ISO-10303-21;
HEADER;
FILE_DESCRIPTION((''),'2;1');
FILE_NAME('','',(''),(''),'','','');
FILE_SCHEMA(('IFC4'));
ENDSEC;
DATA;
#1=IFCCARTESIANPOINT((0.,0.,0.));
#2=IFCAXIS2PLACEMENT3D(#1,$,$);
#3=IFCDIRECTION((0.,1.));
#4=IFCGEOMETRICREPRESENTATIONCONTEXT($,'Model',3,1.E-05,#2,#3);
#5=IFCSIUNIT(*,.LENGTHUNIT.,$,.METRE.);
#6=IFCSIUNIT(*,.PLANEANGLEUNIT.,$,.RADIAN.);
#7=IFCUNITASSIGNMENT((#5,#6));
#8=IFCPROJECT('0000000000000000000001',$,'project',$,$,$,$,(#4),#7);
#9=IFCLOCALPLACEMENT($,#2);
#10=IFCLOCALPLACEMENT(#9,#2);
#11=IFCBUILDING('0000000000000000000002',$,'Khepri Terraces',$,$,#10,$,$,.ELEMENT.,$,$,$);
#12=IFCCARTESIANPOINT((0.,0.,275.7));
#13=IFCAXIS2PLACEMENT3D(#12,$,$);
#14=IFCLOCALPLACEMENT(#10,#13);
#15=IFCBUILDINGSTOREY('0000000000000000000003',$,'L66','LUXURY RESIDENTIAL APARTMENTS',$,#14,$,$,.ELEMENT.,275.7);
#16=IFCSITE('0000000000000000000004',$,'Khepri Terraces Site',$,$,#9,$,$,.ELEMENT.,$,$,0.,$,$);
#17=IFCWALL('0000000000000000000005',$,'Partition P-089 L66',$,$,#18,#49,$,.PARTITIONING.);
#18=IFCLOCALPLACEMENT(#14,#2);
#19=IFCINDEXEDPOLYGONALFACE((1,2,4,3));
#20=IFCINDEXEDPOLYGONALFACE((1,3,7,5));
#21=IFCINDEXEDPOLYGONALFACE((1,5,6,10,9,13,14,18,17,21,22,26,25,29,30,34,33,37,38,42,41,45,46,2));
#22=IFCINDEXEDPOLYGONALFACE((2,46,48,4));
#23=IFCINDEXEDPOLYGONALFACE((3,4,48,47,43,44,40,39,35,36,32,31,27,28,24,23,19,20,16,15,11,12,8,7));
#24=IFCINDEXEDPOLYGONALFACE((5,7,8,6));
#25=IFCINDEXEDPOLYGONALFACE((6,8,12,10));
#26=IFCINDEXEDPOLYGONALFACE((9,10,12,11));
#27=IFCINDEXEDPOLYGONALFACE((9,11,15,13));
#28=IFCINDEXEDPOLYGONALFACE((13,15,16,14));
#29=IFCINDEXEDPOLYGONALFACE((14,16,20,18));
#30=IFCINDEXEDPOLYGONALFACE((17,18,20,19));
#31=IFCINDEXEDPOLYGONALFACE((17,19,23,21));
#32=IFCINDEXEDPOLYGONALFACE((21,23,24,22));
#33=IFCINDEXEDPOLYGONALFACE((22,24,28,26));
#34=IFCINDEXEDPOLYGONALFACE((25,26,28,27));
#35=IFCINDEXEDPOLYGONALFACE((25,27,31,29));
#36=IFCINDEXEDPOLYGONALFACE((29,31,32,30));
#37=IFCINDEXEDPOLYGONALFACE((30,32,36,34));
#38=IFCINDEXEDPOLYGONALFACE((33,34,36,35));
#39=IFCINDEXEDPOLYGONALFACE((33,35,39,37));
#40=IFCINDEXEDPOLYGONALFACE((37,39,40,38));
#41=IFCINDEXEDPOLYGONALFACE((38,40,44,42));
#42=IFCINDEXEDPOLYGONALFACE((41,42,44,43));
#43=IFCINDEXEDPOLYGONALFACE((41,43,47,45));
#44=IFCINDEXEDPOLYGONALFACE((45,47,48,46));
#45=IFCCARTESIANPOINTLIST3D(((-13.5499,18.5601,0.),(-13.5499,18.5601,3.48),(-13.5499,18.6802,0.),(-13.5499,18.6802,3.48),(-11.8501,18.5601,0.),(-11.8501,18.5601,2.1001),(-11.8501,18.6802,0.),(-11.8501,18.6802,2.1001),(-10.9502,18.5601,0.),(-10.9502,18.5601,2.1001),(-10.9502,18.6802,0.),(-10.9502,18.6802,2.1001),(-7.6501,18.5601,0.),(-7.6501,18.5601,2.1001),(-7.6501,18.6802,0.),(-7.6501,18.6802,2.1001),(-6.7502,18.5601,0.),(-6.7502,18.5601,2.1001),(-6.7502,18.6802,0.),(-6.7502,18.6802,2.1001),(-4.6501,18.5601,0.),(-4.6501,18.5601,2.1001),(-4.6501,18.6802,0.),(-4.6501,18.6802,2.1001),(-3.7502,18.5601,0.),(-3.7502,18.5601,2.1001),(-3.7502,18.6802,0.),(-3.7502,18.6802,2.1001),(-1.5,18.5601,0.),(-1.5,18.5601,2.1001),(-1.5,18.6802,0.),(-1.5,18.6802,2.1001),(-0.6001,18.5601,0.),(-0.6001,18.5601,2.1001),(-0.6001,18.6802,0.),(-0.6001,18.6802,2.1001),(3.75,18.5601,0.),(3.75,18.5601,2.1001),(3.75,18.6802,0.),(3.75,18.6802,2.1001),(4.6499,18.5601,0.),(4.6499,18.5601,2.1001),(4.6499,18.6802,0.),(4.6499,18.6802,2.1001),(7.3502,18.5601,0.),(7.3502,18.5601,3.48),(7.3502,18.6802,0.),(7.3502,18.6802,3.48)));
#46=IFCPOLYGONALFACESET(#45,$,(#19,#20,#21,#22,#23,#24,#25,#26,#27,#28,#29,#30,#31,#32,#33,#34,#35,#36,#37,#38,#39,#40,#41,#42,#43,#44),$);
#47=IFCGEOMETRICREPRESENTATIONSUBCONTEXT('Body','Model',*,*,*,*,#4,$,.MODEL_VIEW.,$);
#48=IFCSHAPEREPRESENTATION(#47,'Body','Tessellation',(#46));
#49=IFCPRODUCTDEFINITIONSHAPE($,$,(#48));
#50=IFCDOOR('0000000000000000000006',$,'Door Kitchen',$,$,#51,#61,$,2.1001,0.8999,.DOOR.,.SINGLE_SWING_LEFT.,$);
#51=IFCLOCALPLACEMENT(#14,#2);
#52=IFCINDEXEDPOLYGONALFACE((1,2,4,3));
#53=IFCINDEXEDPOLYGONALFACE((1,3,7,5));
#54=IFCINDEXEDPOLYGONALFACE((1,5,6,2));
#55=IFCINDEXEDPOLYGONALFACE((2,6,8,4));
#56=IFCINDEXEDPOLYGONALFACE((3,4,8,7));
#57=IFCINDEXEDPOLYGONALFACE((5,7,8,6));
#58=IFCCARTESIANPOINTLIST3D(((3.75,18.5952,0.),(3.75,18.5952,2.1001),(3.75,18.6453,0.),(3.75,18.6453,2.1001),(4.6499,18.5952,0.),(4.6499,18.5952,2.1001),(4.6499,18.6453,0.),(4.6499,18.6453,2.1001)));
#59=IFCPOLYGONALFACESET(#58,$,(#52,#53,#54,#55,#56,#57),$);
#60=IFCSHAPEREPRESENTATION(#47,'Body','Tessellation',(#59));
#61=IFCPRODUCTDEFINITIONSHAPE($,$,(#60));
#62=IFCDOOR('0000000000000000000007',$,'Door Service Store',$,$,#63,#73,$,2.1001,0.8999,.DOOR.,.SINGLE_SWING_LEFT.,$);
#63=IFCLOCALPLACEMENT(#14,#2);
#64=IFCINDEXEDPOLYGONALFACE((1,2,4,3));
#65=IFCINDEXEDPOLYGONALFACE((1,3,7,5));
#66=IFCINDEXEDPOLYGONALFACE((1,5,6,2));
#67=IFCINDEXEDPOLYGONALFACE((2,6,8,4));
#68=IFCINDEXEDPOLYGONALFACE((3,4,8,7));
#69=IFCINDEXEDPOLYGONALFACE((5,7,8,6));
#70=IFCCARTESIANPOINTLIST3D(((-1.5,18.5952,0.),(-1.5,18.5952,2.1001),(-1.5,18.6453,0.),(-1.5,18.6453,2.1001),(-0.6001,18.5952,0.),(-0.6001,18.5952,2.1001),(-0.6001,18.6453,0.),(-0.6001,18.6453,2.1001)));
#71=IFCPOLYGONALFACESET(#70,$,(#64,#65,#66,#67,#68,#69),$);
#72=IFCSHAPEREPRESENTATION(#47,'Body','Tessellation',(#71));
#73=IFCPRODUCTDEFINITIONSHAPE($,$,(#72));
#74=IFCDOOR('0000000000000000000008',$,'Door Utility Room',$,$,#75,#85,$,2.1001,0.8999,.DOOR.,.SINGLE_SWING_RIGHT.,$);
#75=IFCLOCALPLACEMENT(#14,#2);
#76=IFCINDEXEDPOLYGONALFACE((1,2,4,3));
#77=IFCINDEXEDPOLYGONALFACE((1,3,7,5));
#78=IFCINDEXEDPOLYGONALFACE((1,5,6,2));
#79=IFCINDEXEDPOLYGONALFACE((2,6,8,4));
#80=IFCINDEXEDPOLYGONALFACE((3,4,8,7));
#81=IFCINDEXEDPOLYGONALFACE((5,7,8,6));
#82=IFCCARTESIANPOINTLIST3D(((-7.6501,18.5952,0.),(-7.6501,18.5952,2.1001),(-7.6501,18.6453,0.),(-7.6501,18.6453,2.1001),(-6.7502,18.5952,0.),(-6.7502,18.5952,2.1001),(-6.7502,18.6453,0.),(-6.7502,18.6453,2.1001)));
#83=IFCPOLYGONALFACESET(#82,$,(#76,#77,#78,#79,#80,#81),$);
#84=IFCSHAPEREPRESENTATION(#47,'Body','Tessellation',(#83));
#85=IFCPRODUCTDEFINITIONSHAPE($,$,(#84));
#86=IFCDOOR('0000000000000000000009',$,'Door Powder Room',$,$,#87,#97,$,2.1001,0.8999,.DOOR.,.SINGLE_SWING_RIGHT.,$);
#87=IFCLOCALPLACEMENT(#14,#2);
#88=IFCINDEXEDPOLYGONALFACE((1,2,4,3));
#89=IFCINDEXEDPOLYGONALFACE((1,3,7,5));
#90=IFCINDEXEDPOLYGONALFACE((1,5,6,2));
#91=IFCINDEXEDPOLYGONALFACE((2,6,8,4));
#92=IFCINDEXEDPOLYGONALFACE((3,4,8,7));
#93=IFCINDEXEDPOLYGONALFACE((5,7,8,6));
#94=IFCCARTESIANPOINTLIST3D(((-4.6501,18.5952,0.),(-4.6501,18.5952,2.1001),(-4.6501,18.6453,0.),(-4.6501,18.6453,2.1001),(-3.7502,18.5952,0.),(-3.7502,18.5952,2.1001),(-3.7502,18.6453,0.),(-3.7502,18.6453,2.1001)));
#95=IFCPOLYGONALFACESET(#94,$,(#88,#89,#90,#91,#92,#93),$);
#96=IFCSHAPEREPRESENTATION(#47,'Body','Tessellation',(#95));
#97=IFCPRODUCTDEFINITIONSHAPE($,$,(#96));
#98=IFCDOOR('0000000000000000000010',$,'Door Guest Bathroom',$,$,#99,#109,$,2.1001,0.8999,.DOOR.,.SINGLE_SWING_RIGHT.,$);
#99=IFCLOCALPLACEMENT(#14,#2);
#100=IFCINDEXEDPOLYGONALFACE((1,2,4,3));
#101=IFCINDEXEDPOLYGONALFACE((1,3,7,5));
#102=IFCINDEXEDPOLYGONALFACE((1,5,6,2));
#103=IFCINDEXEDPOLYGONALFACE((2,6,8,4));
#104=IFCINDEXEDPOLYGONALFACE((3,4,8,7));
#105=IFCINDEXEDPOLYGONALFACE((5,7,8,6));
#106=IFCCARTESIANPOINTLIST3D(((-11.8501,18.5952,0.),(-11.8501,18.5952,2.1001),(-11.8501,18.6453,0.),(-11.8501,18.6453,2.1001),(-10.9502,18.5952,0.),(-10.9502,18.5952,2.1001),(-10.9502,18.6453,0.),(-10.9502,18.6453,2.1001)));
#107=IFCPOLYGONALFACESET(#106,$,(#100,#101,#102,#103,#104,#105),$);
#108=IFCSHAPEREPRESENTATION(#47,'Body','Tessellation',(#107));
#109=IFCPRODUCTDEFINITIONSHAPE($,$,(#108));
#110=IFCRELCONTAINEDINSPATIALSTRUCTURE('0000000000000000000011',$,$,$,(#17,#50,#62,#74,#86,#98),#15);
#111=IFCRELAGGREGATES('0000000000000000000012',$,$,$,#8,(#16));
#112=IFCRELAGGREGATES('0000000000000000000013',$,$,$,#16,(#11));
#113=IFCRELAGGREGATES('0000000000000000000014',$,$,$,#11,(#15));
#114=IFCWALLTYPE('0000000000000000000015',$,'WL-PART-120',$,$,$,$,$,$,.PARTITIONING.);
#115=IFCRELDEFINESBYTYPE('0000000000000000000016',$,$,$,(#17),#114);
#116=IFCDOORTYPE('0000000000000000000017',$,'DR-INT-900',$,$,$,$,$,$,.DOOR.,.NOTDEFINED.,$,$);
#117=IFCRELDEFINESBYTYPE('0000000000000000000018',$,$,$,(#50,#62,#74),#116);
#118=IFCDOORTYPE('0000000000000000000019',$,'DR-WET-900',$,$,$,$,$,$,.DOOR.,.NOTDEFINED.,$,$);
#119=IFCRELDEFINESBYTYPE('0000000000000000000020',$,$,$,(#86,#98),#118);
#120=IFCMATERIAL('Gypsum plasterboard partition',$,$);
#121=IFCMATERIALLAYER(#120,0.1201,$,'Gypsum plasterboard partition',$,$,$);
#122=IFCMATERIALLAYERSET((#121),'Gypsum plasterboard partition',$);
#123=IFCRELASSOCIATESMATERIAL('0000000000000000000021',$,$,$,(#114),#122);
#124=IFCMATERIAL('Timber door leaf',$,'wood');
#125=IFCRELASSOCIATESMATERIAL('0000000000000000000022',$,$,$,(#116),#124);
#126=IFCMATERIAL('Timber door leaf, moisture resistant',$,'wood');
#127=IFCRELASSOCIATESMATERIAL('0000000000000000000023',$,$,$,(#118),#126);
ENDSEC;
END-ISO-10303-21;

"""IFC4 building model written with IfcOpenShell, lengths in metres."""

from ifc_helpers import new_model, si_unit, direction, frame, frame_2d, origin, place, context, subcontext, project, spatial, rectangle, extrude, material, layer, layer_set, type_object, element, fill, save


model = new_model("IFC4")

# Units and contexts
model_context = context("Model", 3, precision=1e-05, world=origin(), true_north=direction((0.0, 1.0)))
body_context = subcontext(model_context, "Body", "Model", "MODEL_VIEW")
ifc_project = project(units=[si_unit("LENGTHUNIT", "METRE"), si_unit("PLANEANGLEUNIT", "RADIAN")], contexts=[model_context])

# Site, building, storey
site_placement = place(None, origin())
site = spatial("IfcSite", under=ifc_project, at=site_placement, Name="Khepri Terraces Site", CompositionType="ELEMENT", RefElevation=0.0)
building_placement = place(site_placement, origin())
building = spatial("IfcBuilding", under=site, at=building_placement, Name="Khepri Terraces", CompositionType="ELEMENT")
storey_placement = place(building_placement, frame((0.0, 0.0, 275.7)))
storey = spatial("IfcBuildingStorey", under=building, at=storey_placement, Name="L66", Description="LUXURY RESIDENTIAL APARTMENTS", CompositionType="ELEMENT", Elevation=275.7)

# Wall, openings, doors
ifc_material_1 = material(Name="Gypsum plasterboard partition")
ifc_layer_1 = layer(ifc_material_1, 0.1201, Name="Gypsum plasterboard partition")
ifc_layer_set_1 = layer_set([ifc_layer_1], Name="Gypsum plasterboard partition")
wall_type_1 = type_object("IfcWallType", Name="WL-PART-120", PredefinedType="PARTITIONING", material=ifc_layer_set_1)
wall_1_placement = place(storey_placement, frame((-13.55, 18.6201, 0.0), z_axis=(0.0, 0.0, 1.0), x_axis=(1.0, 0.0, 0.0)))
wall_1 = element("IfcWall", 1, at=wall_1_placement, inside=storey, type_object=wall_type_1, Name="Partition P-089 L66", PredefinedType="PARTITIONING", context=body_context, shape_type="SweptSolid", body=[
    extrude(rectangle(XDim=20.9001, YDim=0.1201, at=frame_2d((10.4502, 0.0))), origin(), (0.0, 0.0, 1.0), 3.48),
])
opening_1_placement = place(wall_1_placement, frame((17.3, 0.0, 0.0)))
opening_1 = element("IfcOpeningElement", 2, at=opening_1_placement, cuts=wall_1, PredefinedType="OPENING", context=body_context, shape_type="SweptSolid", body=[
    extrude(rectangle(XDim=0.8999, YDim=2.1001, at=frame_2d((0.45, 1.05))), frame((0.0, 0.0701, 0.0), z_axis=(0.0, -1.0, 0.0), x_axis=(1.0, 0.0, 0.0)), (0.0, 0.0, 1.0), 0.1401),
])
opening_2_placement = place(wall_1_placement, frame((12.05, 0.0, 0.0)))
opening_2 = element("IfcOpeningElement", 3, at=opening_2_placement, cuts=wall_1, PredefinedType="OPENING", context=body_context, shape_type="SweptSolid", body=[
    extrude(rectangle(XDim=0.8999, YDim=2.1001, at=frame_2d((0.45, 1.05))), frame((0.0, 0.0701, 0.0), z_axis=(0.0, -1.0, 0.0), x_axis=(1.0, 0.0, 0.0)), (0.0, 0.0, 1.0), 0.1401),
])
opening_3_placement = place(wall_1_placement, frame((8.8999, 0.0, 0.0)))
opening_3 = element("IfcOpeningElement", 4, at=opening_3_placement, cuts=wall_1, PredefinedType="OPENING", context=body_context, shape_type="SweptSolid", body=[
    extrude(rectangle(XDim=0.8999, YDim=2.1001, at=frame_2d((0.45, 1.05))), frame((0.0, 0.0701, 0.0), z_axis=(0.0, -1.0, 0.0), x_axis=(1.0, 0.0, 0.0)), (0.0, 0.0, 1.0), 0.1401),
])
opening_4_placement = place(wall_1_placement, frame((5.8999, 0.0, 0.0)))
opening_4 = element("IfcOpeningElement", 5, at=opening_4_placement, cuts=wall_1, PredefinedType="OPENING", context=body_context, shape_type="SweptSolid", body=[
    extrude(rectangle(XDim=0.8999, YDim=2.1001, at=frame_2d((0.45, 1.05))), frame((0.0, 0.0701, 0.0), z_axis=(0.0, -1.0, 0.0), x_axis=(1.0, 0.0, 0.0)), (0.0, 0.0, 1.0), 0.1401),
])
opening_5_placement = place(wall_1_placement, frame((1.7, 0.0, 0.0)))
opening_5 = element("IfcOpeningElement", 6, at=opening_5_placement, cuts=wall_1, PredefinedType="OPENING", context=body_context, shape_type="SweptSolid", body=[
    extrude(rectangle(XDim=0.8999, YDim=2.1001, at=frame_2d((0.45, 1.05))), frame((0.0, 0.0701, 0.0), z_axis=(0.0, -1.0, 0.0), x_axis=(1.0, 0.0, 0.0)), (0.0, 0.0, 1.0), 0.1401),
])
ifc_material_2 = material(Name="Timber door leaf", Category="wood")
door_type_1 = type_object("IfcDoorType", Name="DR-INT-900", OperationType="NOTDEFINED", PredefinedType="DOOR", material=ifc_material_2)
door_1_placement = place(opening_1_placement, frame((0.8999, 0.0, 0.0), z_axis=(0.0, 0.0, 1.0), x_axis=(-1.0, 0.0, 0.0)))
door_1 = element("IfcDoor", 7, at=door_1_placement, inside=storey, type_object=door_type_1, Name="Door Kitchen", OperationType="SINGLE_SWING_LEFT", OverallHeight=2.1001, OverallWidth=0.8999, PredefinedType="DOOR", context=body_context, shape_type="SweptSolid", body=[
    extrude(rectangle(XDim=0.8999, YDim=2.1001, at=frame_2d((0.45, 1.05))), frame((0.0, 0.0249, 0.0), z_axis=(0.0, -1.0, 0.0), x_axis=(1.0, 0.0, 0.0)), (0.0, 0.0, 1.0), 0.05),
])
fill(opening_1, door_1)
door_2_placement = place(opening_2_placement, frame((0.8999, 0.0, 0.0), z_axis=(0.0, 0.0, 1.0), x_axis=(-1.0, 0.0, 0.0)))
door_2 = element("IfcDoor", 8, at=door_2_placement, inside=storey, type_object=door_type_1, Name="Door Service Store", OperationType="SINGLE_SWING_LEFT", OverallHeight=2.1001, OverallWidth=0.8999, PredefinedType="DOOR", context=body_context, shape_type="SweptSolid", body=[
    extrude(rectangle(XDim=0.8999, YDim=2.1001, at=frame_2d((0.45, 1.05))), frame((0.0, 0.0249, 0.0), z_axis=(0.0, -1.0, 0.0), x_axis=(1.0, 0.0, 0.0)), (0.0, 0.0, 1.0), 0.05),
])
fill(opening_2, door_2)
door_3_placement = place(opening_4_placement, frame((0.8999, 0.0, 0.0), z_axis=(0.0, 0.0, 1.0), x_axis=(-1.0, 0.0, 0.0)))
door_3 = element("IfcDoor", 9, at=door_3_placement, inside=storey, type_object=door_type_1, Name="Door Utility Room", OperationType="SINGLE_SWING_RIGHT", OverallHeight=2.1001, OverallWidth=0.8999, PredefinedType="DOOR", context=body_context, shape_type="SweptSolid", body=[
    extrude(rectangle(XDim=0.8999, YDim=2.1001, at=frame_2d((0.45, 1.05))), frame((0.0, 0.0249, 0.0), z_axis=(0.0, -1.0, 0.0), x_axis=(1.0, 0.0, 0.0)), (0.0, 0.0, 1.0), 0.05),
])
fill(opening_4, door_3)
ifc_material_3 = material(Name="Timber door leaf, moisture resistant", Category="wood")
door_type_2 = type_object("IfcDoorType", Name="DR-WET-900", OperationType="NOTDEFINED", PredefinedType="DOOR", material=ifc_material_3)
door_4_placement = place(opening_3_placement, frame((0.8999, 0.0, 0.0), z_axis=(0.0, 0.0, 1.0), x_axis=(-1.0, 0.0, 0.0)))
door_4 = element("IfcDoor", 10, at=door_4_placement, inside=storey, type_object=door_type_2, Name="Door Powder Room", OperationType="SINGLE_SWING_RIGHT", OverallHeight=2.1001, OverallWidth=0.8999, PredefinedType="DOOR", context=body_context, shape_type="SweptSolid", body=[
    extrude(rectangle(XDim=0.8999, YDim=2.1001, at=frame_2d((0.45, 1.05))), frame((0.0, 0.0249, 0.0), z_axis=(0.0, -1.0, 0.0), x_axis=(1.0, 0.0, 0.0)), (0.0, 0.0, 1.0), 0.05),
])
fill(opening_3, door_4)
door_5_placement = place(opening_5_placement, frame((0.8999, 0.0, 0.0), z_axis=(0.0, 0.0, 1.0), x_axis=(-1.0, 0.0, 0.0)))
door_5 = element("IfcDoor", 11, at=door_5_placement, inside=storey, type_object=door_type_2, Name="Door Guest Bathroom", OperationType="SINGLE_SWING_RIGHT", OverallHeight=2.1001, OverallWidth=0.8999, PredefinedType="DOOR", context=body_context, shape_type="SweptSolid", body=[
    extrude(rectangle(XDim=0.8999, YDim=2.1001, at=frame_2d((0.45, 1.05))), frame((0.0, 0.0249, 0.0), z_axis=(0.0, -1.0, 0.0), x_axis=(1.0, 0.0, 0.0)), (0.0, 0.0, 1.0), 0.05),
])
fill(opening_5, door_5)

save(model, "model.ifc")
